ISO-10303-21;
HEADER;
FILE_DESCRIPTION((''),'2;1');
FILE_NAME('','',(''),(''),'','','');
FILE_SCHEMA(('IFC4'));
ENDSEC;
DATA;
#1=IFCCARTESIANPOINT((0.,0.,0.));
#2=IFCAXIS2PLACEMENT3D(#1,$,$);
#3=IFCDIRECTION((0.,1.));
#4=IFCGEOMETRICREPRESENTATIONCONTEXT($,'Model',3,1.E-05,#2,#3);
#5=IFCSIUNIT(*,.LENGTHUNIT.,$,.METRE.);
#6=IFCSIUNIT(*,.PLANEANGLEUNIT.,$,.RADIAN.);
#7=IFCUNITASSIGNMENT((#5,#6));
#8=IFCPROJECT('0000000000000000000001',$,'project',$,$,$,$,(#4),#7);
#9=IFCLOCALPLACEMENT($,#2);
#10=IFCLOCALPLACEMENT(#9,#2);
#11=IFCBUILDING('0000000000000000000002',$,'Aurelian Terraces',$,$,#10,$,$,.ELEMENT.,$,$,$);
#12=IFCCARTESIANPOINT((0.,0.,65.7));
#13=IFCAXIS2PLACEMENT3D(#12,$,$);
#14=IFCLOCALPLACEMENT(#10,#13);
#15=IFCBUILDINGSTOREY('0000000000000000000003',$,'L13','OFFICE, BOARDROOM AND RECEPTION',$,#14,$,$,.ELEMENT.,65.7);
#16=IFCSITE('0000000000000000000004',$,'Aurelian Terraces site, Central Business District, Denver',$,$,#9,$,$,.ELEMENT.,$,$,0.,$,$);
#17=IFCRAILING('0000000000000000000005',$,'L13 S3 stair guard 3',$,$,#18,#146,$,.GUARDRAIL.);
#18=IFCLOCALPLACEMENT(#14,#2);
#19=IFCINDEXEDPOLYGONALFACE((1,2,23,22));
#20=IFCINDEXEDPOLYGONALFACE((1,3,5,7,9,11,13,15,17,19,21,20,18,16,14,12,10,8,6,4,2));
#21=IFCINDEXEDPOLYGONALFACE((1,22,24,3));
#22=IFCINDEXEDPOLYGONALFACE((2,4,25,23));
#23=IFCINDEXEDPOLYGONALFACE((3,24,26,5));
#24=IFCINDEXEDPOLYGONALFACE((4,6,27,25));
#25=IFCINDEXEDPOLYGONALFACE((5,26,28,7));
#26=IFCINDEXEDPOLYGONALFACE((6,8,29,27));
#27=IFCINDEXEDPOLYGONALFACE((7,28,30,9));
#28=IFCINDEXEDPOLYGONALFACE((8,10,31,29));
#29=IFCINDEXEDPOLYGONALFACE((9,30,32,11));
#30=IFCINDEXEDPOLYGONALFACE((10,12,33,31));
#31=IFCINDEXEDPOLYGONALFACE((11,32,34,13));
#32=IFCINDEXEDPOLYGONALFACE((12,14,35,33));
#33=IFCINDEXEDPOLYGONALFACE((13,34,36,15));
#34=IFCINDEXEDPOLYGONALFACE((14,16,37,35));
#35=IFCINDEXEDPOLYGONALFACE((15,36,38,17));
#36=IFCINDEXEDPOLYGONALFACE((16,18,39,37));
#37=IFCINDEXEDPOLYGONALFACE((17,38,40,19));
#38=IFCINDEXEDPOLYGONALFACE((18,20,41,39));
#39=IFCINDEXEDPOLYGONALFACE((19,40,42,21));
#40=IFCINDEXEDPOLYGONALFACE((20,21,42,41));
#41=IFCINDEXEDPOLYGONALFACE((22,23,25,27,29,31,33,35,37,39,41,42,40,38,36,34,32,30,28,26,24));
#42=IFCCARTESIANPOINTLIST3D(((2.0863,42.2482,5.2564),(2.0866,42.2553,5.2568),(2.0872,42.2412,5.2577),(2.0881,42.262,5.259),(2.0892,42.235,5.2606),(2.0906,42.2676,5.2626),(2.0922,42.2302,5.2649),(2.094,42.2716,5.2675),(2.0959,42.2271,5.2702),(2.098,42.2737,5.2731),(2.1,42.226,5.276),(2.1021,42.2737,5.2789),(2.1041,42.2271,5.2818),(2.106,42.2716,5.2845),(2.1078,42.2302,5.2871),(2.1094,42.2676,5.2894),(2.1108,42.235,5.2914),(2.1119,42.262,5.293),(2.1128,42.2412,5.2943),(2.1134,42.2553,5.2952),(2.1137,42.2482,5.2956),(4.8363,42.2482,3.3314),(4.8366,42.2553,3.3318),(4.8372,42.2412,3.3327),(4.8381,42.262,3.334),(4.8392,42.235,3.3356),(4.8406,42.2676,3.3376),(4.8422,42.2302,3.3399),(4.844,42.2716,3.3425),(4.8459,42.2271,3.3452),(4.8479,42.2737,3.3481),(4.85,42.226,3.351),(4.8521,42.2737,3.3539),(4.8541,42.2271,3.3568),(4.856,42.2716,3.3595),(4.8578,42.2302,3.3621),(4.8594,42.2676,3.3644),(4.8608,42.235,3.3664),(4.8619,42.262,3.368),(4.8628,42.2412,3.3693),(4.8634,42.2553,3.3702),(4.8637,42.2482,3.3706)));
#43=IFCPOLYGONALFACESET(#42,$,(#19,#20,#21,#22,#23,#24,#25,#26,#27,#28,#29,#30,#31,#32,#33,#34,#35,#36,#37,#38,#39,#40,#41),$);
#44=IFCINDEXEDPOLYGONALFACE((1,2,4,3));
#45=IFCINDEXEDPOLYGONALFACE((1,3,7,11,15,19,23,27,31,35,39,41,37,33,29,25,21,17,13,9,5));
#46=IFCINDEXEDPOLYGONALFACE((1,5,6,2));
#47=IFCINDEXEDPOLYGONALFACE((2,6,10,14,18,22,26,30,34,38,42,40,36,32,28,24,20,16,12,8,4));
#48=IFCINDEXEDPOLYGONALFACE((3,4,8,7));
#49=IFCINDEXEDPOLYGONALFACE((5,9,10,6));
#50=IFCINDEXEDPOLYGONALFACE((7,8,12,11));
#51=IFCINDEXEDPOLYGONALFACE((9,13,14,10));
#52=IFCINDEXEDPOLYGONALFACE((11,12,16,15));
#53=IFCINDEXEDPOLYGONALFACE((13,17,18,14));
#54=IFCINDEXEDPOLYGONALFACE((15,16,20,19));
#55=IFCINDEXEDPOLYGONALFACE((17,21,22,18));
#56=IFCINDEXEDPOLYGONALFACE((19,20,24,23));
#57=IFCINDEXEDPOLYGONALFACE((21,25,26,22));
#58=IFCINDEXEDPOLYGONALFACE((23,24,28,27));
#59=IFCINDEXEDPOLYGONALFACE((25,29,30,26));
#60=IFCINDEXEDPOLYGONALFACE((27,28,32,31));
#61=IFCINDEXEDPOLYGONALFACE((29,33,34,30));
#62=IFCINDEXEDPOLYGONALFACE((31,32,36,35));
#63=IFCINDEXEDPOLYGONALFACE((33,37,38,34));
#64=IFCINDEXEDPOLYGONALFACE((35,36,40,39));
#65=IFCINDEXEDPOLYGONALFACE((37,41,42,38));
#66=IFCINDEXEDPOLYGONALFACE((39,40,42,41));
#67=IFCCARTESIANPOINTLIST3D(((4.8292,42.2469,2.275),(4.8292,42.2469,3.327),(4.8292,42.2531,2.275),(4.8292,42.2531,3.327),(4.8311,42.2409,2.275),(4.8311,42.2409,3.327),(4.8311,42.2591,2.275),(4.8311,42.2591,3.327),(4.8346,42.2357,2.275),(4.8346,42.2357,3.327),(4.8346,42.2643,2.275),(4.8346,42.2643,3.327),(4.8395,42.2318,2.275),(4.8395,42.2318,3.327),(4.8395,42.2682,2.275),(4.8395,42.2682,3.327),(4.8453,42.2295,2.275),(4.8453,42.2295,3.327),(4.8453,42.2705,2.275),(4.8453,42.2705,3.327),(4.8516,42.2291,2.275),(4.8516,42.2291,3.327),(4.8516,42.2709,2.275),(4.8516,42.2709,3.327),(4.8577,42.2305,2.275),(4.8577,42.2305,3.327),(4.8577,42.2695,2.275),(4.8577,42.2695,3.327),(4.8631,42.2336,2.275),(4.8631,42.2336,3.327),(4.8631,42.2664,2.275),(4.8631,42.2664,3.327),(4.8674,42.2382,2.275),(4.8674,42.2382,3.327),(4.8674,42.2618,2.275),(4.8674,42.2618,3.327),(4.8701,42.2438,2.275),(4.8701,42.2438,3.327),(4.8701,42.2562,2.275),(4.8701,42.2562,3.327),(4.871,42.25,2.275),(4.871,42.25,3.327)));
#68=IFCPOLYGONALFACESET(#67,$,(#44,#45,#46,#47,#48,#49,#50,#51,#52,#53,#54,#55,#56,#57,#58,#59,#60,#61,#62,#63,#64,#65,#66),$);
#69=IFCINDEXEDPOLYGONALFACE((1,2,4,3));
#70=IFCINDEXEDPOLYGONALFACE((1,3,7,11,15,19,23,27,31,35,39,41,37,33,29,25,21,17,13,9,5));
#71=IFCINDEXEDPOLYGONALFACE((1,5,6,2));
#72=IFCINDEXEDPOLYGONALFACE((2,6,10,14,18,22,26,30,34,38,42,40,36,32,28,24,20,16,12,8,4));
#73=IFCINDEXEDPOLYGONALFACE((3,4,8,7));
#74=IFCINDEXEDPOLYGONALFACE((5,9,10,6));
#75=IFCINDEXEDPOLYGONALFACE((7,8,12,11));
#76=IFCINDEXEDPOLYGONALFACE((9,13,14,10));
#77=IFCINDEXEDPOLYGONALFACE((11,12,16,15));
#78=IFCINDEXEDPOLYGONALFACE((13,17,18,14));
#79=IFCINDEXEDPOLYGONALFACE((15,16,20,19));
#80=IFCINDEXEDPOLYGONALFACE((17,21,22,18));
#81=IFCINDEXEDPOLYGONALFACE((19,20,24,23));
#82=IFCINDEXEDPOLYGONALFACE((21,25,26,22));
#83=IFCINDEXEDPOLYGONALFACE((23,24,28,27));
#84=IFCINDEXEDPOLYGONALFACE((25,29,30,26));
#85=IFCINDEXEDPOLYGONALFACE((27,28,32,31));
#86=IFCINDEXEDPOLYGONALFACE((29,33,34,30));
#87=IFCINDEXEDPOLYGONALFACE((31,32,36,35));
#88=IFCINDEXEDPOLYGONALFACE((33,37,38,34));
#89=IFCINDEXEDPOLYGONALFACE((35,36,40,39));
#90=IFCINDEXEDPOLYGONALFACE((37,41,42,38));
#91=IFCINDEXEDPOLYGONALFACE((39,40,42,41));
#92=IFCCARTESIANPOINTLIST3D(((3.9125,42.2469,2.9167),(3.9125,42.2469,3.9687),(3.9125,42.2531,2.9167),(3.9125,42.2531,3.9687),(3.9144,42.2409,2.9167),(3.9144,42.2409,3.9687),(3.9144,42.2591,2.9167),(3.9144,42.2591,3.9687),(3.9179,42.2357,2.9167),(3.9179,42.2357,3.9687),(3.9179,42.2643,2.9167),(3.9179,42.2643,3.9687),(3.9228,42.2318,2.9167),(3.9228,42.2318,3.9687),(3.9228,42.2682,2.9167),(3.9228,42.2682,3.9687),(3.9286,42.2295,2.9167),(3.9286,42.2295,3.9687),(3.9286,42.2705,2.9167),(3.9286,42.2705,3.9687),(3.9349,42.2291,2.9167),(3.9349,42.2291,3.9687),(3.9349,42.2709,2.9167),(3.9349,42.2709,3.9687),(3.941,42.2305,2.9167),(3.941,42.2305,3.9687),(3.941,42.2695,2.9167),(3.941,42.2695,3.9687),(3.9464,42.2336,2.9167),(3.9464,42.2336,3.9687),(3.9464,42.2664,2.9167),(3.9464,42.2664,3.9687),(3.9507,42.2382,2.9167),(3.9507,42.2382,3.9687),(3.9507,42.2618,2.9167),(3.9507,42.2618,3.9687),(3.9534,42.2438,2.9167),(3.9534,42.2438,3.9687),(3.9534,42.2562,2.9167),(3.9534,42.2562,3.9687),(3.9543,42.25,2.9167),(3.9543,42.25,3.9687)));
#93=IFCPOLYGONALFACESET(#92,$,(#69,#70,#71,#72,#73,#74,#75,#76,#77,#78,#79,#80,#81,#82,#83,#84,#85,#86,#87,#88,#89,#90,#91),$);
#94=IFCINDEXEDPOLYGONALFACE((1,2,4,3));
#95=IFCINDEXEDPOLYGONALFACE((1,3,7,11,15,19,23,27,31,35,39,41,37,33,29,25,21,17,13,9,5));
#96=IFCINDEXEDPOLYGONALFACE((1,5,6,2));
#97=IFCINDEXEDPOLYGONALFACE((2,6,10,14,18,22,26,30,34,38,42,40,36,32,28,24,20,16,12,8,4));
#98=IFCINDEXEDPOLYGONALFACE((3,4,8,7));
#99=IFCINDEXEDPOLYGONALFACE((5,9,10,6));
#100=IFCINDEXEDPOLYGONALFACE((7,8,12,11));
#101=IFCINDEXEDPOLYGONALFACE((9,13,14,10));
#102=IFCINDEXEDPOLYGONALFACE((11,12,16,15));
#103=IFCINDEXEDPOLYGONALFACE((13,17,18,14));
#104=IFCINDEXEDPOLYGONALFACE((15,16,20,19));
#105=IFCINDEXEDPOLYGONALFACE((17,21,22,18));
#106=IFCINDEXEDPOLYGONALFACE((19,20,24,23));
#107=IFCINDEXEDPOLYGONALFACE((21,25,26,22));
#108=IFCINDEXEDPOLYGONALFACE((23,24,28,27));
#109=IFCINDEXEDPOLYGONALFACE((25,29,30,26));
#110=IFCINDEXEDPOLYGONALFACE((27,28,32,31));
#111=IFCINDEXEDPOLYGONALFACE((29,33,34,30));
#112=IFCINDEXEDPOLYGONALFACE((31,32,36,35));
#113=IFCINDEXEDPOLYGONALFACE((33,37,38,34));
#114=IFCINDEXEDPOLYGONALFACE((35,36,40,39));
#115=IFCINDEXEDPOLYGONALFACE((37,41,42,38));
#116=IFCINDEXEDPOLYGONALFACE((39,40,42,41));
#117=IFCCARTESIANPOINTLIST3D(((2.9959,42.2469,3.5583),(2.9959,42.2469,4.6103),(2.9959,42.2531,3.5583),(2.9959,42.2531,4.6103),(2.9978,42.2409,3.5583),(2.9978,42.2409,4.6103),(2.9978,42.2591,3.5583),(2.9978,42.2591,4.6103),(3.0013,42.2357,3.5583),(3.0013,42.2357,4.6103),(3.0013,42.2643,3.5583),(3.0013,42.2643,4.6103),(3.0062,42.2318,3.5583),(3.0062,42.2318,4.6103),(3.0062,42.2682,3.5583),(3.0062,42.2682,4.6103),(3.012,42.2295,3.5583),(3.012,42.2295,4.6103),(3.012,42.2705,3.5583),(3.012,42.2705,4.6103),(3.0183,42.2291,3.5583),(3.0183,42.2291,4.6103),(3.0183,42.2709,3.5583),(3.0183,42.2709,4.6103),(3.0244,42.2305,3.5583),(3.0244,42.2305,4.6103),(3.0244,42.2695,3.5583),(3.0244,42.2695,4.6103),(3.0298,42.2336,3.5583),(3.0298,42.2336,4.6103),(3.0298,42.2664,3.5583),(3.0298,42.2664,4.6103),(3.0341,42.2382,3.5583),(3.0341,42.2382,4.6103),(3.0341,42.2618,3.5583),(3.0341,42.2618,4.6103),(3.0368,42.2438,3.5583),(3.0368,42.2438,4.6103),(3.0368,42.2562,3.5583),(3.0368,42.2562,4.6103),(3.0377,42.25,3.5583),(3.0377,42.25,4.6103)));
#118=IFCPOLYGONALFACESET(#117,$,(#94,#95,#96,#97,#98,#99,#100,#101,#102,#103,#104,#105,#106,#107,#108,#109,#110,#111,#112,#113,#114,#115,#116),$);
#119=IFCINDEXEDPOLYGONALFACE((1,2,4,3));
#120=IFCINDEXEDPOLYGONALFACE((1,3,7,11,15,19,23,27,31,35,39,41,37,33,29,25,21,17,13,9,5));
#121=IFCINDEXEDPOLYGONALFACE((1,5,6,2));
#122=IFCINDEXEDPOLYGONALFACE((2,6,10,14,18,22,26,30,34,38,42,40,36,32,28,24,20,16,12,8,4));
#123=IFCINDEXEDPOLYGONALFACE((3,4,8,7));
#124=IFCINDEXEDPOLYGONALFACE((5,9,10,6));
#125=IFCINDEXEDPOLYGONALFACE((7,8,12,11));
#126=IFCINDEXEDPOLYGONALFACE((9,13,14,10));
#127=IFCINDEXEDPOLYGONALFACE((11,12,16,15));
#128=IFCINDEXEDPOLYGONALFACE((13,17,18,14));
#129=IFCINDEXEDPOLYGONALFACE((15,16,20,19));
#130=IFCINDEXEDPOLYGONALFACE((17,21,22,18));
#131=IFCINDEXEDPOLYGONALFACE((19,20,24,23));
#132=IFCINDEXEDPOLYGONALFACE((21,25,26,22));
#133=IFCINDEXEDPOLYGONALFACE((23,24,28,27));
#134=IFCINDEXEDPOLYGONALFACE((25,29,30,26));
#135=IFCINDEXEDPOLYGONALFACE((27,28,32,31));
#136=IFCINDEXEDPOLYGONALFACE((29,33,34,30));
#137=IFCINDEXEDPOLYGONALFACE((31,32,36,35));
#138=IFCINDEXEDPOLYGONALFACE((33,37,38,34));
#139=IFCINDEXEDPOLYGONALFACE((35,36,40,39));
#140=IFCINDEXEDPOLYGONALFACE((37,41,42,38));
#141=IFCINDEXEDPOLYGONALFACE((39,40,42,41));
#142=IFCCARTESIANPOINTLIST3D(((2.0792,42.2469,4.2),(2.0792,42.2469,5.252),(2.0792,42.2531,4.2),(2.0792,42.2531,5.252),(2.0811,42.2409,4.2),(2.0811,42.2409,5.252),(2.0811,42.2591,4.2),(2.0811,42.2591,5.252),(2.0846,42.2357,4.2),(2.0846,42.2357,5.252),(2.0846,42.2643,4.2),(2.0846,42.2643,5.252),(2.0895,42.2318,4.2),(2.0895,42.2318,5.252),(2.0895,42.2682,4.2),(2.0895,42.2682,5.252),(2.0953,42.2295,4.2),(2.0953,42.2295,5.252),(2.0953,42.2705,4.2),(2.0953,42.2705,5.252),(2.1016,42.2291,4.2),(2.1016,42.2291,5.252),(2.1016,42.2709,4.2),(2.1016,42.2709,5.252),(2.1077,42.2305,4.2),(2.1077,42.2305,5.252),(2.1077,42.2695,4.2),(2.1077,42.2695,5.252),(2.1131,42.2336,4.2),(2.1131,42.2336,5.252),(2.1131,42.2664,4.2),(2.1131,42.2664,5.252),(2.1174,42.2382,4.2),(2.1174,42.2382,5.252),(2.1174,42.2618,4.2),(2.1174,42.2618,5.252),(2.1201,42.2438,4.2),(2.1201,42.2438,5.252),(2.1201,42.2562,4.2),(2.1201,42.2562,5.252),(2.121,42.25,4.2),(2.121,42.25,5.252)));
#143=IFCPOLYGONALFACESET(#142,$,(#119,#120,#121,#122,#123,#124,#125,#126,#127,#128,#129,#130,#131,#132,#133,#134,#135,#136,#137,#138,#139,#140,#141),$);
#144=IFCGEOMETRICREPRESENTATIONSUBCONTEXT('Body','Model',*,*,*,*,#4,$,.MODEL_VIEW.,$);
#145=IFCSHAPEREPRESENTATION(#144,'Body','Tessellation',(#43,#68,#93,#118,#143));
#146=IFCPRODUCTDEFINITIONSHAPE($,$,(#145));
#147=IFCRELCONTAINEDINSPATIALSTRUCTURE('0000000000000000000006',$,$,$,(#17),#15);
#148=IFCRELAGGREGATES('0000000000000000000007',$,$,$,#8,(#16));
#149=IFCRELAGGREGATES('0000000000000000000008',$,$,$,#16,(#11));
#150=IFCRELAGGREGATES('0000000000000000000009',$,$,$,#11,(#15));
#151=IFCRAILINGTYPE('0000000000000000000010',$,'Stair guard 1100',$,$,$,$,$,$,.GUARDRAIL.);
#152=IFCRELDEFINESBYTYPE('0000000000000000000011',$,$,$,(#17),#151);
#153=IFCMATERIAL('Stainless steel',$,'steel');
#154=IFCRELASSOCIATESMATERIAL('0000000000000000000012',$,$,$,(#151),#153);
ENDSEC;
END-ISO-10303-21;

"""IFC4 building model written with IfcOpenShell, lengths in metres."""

from ifc_helpers import new_model, si_unit, direction, frame, origin, origin_2d, place, context, subcontext, project, spatial, circle, extrude, source, transform, mapped, material, type_object, element, save


model = new_model("IFC4")

# Units and contexts
model_context = context("Model", 3, precision=1e-05, world=origin(), true_north=direction((0.0, 1.0)))
body_context = subcontext(model_context, "Body", "Model", "MODEL_VIEW")
ifc_project = project(units=[si_unit("LENGTHUNIT", "METRE"), si_unit("PLANEANGLEUNIT", "RADIAN")], contexts=[model_context])

# Site, building, storey
site_placement = place(None, origin())
site = spatial("IfcSite", under=ifc_project, at=site_placement, Name="Aurelian Terraces site, Central Business District, Denver", CompositionType="ELEMENT", RefElevation=0.0)
building_placement = place(site_placement, origin())
building = spatial("IfcBuilding", under=site, at=building_placement, Name="Aurelian Terraces", CompositionType="ELEMENT")
storey_placement = place(building_placement, frame((0.0, 0.0, 65.7)))
storey = spatial("IfcBuildingStorey", under=building, at=storey_placement, Name="L13", Description="OFFICE, BOARDROOM AND RECEPTION", CompositionType="ELEMENT", Elevation=65.7)

# Railing
ifc_material_1 = material(Name="Stainless steel", Category="steel")
railing_type_1 = type_object("IfcRailingType", Name="Stair guard 1100", PredefinedType="GUARDRAIL", material=ifc_material_1)
shared_shape_1 = source(origin(), body_context, "Body", "SweptSolid", [
    extrude(circle(Radius=0.024, at=origin_2d()), frame((0.0, 0.0, 1.076), z_axis=(-0.819232, 0.0, 0.573462), x_axis=(0.0, -1.0, 0.0)), (0.0, 0.0, 1.0), 3.3568),
    extrude(circle(Radius=0.021, at=origin_2d()), origin(), (0.0, 0.0, 1.0), 1.052),
    extrude(circle(Radius=0.021, at=origin_2d()), frame((-0.9167, 0.0, 0.6417)), (0.0, 0.0, 1.0), 1.052),
    extrude(circle(Radius=0.021, at=origin_2d()), frame((-1.8333, 0.0, 1.2833)), (0.0, 0.0, 1.0), 1.052),
    extrude(circle(Radius=0.021, at=origin_2d()), frame((-2.75, 0.0, 1.925)), (0.0, 0.0, 1.0), 1.052),
])
railing_1_placement = place(storey_placement, frame((4.85, 42.25, 2.275)))
element("IfcRailing", 1, at=railing_1_placement, inside=storey, type_object=railing_type_1, Name="L13 S3 stair guard 3", PredefinedType="GUARDRAIL", context=body_context, shape_type="MappedRepresentation", body=[
    mapped(shared_shape_1, transform((0.0, 0.0, 0.0), scale=1.0)),
])

save(model, "model.ifc")
